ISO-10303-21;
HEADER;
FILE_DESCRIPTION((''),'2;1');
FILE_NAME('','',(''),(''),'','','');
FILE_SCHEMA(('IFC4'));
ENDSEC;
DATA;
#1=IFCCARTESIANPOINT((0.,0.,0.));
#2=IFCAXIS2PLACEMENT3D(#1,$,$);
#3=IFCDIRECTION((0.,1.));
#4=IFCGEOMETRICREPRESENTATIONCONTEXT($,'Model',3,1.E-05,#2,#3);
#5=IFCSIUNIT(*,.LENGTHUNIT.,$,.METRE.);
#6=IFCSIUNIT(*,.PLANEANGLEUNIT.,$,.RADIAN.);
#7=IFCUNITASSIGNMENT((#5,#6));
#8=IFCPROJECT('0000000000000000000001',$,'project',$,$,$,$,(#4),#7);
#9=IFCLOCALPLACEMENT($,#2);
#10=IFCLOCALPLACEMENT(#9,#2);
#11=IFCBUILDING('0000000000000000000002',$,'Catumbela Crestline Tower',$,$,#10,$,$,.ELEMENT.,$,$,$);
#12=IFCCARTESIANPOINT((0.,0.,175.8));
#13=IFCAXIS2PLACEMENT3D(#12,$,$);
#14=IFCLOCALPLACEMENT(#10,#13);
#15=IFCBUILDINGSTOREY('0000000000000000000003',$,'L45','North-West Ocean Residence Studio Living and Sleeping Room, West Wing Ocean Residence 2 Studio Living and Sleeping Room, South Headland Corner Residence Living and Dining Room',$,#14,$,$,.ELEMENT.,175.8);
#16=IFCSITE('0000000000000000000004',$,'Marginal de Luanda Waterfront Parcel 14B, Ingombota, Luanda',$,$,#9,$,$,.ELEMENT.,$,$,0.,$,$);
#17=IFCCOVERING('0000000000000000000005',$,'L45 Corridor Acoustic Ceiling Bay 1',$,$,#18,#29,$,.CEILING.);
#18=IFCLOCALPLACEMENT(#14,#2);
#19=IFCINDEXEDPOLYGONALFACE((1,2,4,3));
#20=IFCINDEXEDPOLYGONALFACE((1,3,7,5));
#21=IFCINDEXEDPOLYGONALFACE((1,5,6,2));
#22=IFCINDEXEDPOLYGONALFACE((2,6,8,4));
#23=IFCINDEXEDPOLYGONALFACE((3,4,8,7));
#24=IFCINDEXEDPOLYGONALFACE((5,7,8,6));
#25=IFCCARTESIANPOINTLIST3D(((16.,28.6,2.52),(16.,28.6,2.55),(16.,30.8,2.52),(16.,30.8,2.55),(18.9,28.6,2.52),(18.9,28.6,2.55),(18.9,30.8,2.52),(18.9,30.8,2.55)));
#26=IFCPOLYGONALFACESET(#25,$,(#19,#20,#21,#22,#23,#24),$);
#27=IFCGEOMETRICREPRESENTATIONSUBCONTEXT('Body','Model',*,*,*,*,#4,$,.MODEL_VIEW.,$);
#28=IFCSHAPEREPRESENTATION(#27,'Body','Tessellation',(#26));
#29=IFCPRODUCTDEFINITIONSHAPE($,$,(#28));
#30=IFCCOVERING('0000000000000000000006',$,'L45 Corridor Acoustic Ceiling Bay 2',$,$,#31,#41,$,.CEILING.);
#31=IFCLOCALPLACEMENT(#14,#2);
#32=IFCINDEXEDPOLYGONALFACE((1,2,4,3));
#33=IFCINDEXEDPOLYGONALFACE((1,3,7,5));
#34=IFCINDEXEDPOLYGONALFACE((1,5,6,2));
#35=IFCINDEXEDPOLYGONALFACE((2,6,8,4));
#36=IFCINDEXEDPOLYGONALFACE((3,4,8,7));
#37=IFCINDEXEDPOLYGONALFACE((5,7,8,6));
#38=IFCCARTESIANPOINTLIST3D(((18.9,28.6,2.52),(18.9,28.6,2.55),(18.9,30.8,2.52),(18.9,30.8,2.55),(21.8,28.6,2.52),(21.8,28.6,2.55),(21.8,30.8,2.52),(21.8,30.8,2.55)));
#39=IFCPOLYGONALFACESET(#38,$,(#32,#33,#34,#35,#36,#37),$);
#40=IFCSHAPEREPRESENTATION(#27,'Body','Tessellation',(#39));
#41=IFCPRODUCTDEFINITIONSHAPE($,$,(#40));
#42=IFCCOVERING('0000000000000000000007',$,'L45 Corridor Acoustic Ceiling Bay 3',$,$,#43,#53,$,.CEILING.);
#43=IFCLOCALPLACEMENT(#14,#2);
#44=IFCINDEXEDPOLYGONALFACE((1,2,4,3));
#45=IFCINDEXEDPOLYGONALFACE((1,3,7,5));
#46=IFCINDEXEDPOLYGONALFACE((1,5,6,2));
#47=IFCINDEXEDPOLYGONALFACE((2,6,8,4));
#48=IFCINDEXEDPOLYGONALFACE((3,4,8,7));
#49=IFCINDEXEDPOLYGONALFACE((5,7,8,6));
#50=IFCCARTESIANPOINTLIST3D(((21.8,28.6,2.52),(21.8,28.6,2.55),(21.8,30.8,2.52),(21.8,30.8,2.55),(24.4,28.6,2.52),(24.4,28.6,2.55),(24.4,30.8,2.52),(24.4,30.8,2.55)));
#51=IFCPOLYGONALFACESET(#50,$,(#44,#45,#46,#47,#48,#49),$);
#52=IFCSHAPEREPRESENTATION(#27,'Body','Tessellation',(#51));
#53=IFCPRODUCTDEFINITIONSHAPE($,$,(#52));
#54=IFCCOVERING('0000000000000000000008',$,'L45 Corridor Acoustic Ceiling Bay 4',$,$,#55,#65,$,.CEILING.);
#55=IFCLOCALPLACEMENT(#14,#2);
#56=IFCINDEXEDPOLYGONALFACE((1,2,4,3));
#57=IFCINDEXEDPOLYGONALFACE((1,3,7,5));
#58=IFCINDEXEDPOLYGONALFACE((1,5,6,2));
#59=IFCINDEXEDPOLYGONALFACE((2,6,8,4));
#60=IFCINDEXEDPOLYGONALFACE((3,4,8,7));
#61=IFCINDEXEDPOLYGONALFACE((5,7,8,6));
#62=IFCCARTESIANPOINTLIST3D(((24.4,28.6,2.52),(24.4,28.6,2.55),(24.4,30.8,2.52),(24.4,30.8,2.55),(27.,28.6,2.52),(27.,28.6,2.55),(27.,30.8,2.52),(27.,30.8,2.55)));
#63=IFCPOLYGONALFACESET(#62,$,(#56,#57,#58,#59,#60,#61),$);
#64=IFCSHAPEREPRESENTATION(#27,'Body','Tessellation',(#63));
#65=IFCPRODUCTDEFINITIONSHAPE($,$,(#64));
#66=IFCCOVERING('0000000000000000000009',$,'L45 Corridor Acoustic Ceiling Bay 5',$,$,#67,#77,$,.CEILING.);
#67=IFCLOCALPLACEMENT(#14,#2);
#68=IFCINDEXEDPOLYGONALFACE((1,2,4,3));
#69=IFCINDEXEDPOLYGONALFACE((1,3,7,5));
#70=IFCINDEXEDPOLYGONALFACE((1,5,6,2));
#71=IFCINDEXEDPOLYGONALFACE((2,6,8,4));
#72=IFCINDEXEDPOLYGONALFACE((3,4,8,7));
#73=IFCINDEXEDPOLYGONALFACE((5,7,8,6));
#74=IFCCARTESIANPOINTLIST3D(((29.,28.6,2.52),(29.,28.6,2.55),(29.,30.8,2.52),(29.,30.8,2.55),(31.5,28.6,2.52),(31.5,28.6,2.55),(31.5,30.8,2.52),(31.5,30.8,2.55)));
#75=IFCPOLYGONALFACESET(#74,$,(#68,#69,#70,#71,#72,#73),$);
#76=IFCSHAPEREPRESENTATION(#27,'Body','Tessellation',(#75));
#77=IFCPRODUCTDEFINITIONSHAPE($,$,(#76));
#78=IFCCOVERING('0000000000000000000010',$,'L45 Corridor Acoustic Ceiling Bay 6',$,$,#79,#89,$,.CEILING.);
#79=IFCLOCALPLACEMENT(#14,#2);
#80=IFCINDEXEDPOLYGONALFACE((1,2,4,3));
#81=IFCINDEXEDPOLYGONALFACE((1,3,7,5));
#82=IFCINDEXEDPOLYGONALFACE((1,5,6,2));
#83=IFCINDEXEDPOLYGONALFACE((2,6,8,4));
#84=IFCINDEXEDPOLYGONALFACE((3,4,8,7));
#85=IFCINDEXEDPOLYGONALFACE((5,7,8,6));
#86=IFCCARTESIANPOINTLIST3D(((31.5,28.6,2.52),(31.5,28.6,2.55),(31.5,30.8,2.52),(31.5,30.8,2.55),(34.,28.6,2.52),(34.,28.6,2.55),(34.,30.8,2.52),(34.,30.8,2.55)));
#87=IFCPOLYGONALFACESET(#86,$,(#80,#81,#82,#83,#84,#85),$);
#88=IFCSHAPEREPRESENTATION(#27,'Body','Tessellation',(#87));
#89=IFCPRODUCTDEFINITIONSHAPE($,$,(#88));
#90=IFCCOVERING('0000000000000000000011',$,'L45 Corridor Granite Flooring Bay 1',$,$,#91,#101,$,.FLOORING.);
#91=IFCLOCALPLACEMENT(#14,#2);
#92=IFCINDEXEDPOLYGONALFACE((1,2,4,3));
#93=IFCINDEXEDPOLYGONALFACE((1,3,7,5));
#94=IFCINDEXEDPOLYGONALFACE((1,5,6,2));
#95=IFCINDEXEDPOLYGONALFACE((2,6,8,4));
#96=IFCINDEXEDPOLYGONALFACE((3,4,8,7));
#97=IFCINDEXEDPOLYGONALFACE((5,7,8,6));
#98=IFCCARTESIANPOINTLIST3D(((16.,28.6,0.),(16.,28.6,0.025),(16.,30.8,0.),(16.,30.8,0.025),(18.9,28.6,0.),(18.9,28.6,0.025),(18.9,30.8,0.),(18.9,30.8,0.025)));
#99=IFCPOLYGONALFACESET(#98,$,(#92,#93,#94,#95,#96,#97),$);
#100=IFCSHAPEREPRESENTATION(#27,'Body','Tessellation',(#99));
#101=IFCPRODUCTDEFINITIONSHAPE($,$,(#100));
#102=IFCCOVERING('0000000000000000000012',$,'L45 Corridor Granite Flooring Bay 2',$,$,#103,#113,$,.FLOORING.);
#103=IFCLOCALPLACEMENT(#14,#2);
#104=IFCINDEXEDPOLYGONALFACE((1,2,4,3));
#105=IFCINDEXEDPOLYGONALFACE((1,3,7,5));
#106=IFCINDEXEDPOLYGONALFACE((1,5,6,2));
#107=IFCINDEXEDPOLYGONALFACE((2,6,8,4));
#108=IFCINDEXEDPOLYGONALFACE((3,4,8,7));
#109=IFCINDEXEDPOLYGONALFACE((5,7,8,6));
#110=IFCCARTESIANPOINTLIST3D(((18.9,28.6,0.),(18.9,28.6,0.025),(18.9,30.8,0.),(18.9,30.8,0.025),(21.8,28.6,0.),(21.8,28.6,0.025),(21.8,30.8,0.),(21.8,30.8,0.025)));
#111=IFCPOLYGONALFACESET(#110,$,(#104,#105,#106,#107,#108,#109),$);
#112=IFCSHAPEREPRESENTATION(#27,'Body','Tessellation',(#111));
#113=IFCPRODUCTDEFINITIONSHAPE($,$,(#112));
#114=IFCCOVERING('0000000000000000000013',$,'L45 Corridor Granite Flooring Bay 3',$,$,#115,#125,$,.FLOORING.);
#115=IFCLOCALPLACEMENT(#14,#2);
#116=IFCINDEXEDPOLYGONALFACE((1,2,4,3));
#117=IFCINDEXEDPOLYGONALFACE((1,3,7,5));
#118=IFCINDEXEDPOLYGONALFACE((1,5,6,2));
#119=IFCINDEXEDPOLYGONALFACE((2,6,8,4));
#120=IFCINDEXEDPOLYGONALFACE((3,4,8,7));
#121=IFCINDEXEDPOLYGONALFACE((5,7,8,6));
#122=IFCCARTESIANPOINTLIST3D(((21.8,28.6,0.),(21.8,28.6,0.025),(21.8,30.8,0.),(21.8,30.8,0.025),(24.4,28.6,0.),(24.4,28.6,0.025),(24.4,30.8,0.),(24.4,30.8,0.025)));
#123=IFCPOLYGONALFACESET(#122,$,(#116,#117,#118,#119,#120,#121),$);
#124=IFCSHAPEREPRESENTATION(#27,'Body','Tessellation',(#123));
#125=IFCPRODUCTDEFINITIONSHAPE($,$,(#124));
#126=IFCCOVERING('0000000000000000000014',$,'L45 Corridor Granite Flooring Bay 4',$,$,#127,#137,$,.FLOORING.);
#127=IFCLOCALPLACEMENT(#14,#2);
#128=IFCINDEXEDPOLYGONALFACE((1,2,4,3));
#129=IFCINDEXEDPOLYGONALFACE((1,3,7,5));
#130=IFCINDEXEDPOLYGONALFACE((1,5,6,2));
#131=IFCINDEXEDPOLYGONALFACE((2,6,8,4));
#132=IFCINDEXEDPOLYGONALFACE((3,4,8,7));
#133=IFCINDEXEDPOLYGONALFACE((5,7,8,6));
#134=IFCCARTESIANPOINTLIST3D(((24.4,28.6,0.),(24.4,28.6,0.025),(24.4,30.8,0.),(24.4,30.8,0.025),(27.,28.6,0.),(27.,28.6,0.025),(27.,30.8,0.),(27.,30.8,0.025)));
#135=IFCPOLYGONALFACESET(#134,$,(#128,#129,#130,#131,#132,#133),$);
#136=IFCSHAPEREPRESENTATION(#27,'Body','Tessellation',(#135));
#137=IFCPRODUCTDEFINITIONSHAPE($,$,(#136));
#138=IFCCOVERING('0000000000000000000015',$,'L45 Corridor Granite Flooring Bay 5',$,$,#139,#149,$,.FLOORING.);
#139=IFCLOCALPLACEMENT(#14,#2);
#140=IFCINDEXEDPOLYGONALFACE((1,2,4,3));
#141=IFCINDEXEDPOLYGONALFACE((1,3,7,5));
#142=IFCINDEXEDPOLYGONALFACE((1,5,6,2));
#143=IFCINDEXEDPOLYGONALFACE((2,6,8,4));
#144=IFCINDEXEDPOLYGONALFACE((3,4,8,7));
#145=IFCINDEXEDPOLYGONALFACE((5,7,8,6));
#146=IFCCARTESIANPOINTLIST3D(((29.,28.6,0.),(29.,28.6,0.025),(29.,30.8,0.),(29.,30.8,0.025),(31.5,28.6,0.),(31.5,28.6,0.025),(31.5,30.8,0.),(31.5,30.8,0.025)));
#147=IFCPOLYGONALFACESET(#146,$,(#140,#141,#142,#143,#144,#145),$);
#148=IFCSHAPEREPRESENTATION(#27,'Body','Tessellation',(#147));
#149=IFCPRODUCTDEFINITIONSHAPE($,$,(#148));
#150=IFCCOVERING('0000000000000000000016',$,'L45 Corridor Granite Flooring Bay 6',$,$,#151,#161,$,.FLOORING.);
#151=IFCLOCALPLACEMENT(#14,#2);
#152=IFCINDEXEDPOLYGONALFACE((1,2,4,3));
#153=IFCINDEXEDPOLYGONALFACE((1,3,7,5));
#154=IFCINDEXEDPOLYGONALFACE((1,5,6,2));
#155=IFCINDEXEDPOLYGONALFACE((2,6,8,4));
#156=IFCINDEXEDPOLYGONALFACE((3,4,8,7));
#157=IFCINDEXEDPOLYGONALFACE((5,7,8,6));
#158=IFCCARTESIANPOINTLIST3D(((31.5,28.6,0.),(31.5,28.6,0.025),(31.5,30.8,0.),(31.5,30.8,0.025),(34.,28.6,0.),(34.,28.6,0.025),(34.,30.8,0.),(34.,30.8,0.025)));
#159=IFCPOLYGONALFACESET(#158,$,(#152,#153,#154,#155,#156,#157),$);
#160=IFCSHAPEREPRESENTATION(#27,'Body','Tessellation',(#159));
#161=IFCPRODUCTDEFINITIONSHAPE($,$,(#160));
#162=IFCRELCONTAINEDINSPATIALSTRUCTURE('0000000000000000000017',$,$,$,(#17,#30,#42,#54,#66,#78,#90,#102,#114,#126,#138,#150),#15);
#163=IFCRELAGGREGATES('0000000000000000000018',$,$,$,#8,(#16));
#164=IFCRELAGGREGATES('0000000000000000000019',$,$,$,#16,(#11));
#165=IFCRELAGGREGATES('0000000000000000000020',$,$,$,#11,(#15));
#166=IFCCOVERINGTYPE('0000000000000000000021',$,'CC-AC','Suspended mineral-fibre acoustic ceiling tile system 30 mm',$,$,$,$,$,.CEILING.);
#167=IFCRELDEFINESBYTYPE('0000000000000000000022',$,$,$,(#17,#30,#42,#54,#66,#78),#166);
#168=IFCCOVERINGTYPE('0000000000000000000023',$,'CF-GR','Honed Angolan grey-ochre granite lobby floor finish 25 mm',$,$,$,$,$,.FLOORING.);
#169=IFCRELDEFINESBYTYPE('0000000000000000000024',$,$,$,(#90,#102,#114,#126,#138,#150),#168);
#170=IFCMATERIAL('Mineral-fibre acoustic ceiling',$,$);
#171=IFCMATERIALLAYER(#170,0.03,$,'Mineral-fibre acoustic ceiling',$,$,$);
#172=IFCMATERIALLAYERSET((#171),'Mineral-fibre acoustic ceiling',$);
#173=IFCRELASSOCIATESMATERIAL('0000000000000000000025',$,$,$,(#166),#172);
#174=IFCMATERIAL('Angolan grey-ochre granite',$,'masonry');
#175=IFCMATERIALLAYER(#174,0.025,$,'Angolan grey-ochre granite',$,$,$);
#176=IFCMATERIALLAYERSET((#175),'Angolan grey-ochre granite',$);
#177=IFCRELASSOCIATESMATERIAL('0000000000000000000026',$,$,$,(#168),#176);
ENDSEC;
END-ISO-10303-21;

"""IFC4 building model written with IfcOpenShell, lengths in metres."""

from ifc_helpers import new_model, si_unit, direction, frame, origin, place, context, subcontext, project, spatial, polyline, outline, extrude, material, layer, layer_set, type_object, element, save


model = new_model("IFC4")

# Units and contexts
model_context = context("Model", 3, precision=1e-05, world=origin(), true_north=direction((0.0, 1.0)))
body_context = subcontext(model_context, "Body", "Model", "MODEL_VIEW")
ifc_project = project(units=[si_unit("LENGTHUNIT", "METRE"), si_unit("PLANEANGLEUNIT", "RADIAN")], contexts=[model_context])

# Site, building, storey
site_placement = place(None, origin())
site = spatial("IfcSite", under=ifc_project, at=site_placement, Name="Marginal de Luanda Waterfront Parcel 14B, Ingombota, Luanda", CompositionType="ELEMENT", RefElevation=0.0)
building_placement = place(site_placement, origin())
building = spatial("IfcBuilding", under=site, at=building_placement, Name="Catumbela Crestline Tower", CompositionType="ELEMENT")
storey_placement = place(building_placement, frame((0.0, 0.0, 175.8)))
storey = spatial("IfcBuildingStorey", under=building, at=storey_placement, Name="L45", Description="North-West Ocean Residence Studio Living and Sleeping Room, West Wing Ocean Residence 2 Studio Living and Sleeping Room, South Headland Corner Residence Living and Dining Room", CompositionType="ELEMENT", Elevation=175.8)

# Coverings
ifc_material_1 = material(Name="Mineral-fibre acoustic ceiling")
ifc_layer_1 = layer(ifc_material_1, 0.03, Name="Mineral-fibre acoustic ceiling")
ifc_layer_set_1 = layer_set([ifc_layer_1], Name="Mineral-fibre acoustic ceiling")
covering_type_1 = type_object("IfcCoveringType", Name="CC-AC", Description="Suspended mineral-fibre acoustic ceiling tile system 30 mm", PredefinedType="CEILING", material=ifc_layer_set_1)
covering_1_placement = place(storey_placement, frame((0.0, 0.0, 2.52)))
element("IfcCovering", 1, at=covering_1_placement, inside=storey, type_object=covering_type_1, Name="L45 Corridor Acoustic Ceiling Bay 1", PredefinedType="CEILING", context=body_context, shape_type="SweptSolid", body=[
    extrude(outline(polyline([(16.0, 28.6), (18.9, 28.6), (18.9, 30.8), (16.0, 30.8), (16.0, 28.6)])), origin(), (0.0, 0.0, 1.0), 0.03),
])
covering_2_placement = place(storey_placement, frame((0.0, 0.0, 2.52)))
element("IfcCovering", 2, at=covering_2_placement, inside=storey, type_object=covering_type_1, Name="L45 Corridor Acoustic Ceiling Bay 2", PredefinedType="CEILING", context=body_context, shape_type="SweptSolid", body=[
    extrude(outline(polyline([(18.9, 28.6), (21.8, 28.6), (21.8, 30.8), (18.9, 30.8), (18.9, 28.6)])), origin(), (0.0, 0.0, 1.0), 0.03),
])
covering_3_placement = place(storey_placement, frame((0.0, 0.0, 2.52)))
element("IfcCovering", 3, at=covering_3_placement, inside=storey, type_object=covering_type_1, Name="L45 Corridor Acoustic Ceiling Bay 3", PredefinedType="CEILING", context=body_context, shape_type="SweptSolid", body=[
    extrude(outline(polyline([(21.8, 28.6), (24.4, 28.6), (24.4, 30.8), (21.8, 30.8), (21.8, 28.6)])), origin(), (0.0, 0.0, 1.0), 0.03),
])
covering_4_placement = place(storey_placement, frame((0.0, 0.0, 2.52)))
element("IfcCovering", 4, at=covering_4_placement, inside=storey, type_object=covering_type_1, Name="L45 Corridor Acoustic Ceiling Bay 4", PredefinedType="CEILING", context=body_context, shape_type="SweptSolid", body=[
    extrude(outline(polyline([(24.4, 28.6), (27.0, 28.6), (27.0, 30.8), (24.4, 30.8), (24.4, 28.6)])), origin(), (0.0, 0.0, 1.0), 0.03),
])
covering_5_placement = place(storey_placement, frame((0.0, 0.0, 2.52)))
element("IfcCovering", 5, at=covering_5_placement, inside=storey, type_object=covering_type_1, Name="L45 Corridor Acoustic Ceiling Bay 5", PredefinedType="CEILING", context=body_context, shape_type="SweptSolid", body=[
    extrude(outline(polyline([(29.0, 28.6), (31.5, 28.6), (31.5, 30.8), (29.0, 30.8), (29.0, 28.6)])), origin(), (0.0, 0.0, 1.0), 0.03),
])
covering_6_placement = place(storey_placement, frame((0.0, 0.0, 2.52)))
element("IfcCovering", 6, at=covering_6_placement, inside=storey, type_object=covering_type_1, Name="L45 Corridor Acoustic Ceiling Bay 6", PredefinedType="CEILING", context=body_context, shape_type="SweptSolid", body=[
    extrude(outline(polyline([(31.5, 28.6), (34.0, 28.6), (34.0, 30.8), (31.5, 30.8), (31.5, 28.6)])), origin(), (0.0, 0.0, 1.0), 0.03),
])
ifc_material_2 = material(Name="Angolan grey-ochre granite", Category="masonry")
ifc_layer_2 = layer(ifc_material_2, 0.025, Name="Angolan grey-ochre granite")
ifc_layer_set_2 = layer_set([ifc_layer_2], Name="Angolan grey-ochre granite")
covering_type_2 = type_object("IfcCoveringType", Name="CF-GR", Description="Honed Angolan grey-ochre granite lobby floor finish 25 mm", PredefinedType="FLOORING", material=ifc_layer_set_2)
covering_7_placement = place(storey_placement, origin())
element("IfcCovering", 7, at=covering_7_placement, inside=storey, type_object=covering_type_2, Name="L45 Corridor Granite Flooring Bay 1", PredefinedType="FLOORING", context=body_context, shape_type="SweptSolid", body=[
    extrude(outline(polyline([(16.0, 28.6), (18.9, 28.6), (18.9, 30.8), (16.0, 30.8), (16.0, 28.6)])), origin(), (0.0, 0.0, 1.0), 0.025),
])
covering_8_placement = place(storey_placement, origin())
element("IfcCovering", 8, at=covering_8_placement, inside=storey, type_object=covering_type_2, Name="L45 Corridor Granite Flooring Bay 2", PredefinedType="FLOORING", context=body_context, shape_type="SweptSolid", body=[
    extrude(outline(polyline([(18.9, 28.6), (21.8, 28.6), (21.8, 30.8), (18.9, 30.8), (18.9, 28.6)])), origin(), (0.0, 0.0, 1.0), 0.025),
])
covering_9_placement = place(storey_placement, origin())
element("IfcCovering", 9, at=covering_9_placement, inside=storey, type_object=covering_type_2, Name="L45 Corridor Granite Flooring Bay 3", PredefinedType="FLOORING", context=body_context, shape_type="SweptSolid", body=[
    extrude(outline(polyline([(21.8, 28.6), (24.4, 28.6), (24.4, 30.8), (21.8, 30.8), (21.8, 28.6)])), origin(), (0.0, 0.0, 1.0), 0.025),
])
covering_10_placement = place(storey_placement, origin())
element("IfcCovering", 10, at=covering_10_placement, inside=storey, type_object=covering_type_2, Name="L45 Corridor Granite Flooring Bay 4", PredefinedType="FLOORING", context=body_context, shape_type="SweptSolid", body=[
    extrude(outline(polyline([(24.4, 28.6), (27.0, 28.6), (27.0, 30.8), (24.4, 30.8), (24.4, 28.6)])), origin(), (0.0, 0.0, 1.0), 0.025),
])
covering_11_placement = place(storey_placement, origin())
element("IfcCovering", 11, at=covering_11_placement, inside=storey, type_object=covering_type_2, Name="L45 Corridor Granite Flooring Bay 5", PredefinedType="FLOORING", context=body_context, shape_type="SweptSolid", body=[
    extrude(outline(polyline([(29.0, 28.6), (31.5, 28.6), (31.5, 30.8), (29.0, 30.8), (29.0, 28.6)])), origin(), (0.0, 0.0, 1.0), 0.025),
])
covering_12_placement = place(storey_placement, origin())
element("IfcCovering", 12, at=covering_12_placement, inside=storey, type_object=covering_type_2, Name="L45 Corridor Granite Flooring Bay 6", PredefinedType="FLOORING", context=body_context, shape_type="SweptSolid", body=[
    extrude(outline(polyline([(31.5, 28.6), (34.0, 28.6), (34.0, 30.8), (31.5, 30.8), (31.5, 28.6)])), origin(), (0.0, 0.0, 1.0), 0.025),
])

save(model, "model.ifc")
